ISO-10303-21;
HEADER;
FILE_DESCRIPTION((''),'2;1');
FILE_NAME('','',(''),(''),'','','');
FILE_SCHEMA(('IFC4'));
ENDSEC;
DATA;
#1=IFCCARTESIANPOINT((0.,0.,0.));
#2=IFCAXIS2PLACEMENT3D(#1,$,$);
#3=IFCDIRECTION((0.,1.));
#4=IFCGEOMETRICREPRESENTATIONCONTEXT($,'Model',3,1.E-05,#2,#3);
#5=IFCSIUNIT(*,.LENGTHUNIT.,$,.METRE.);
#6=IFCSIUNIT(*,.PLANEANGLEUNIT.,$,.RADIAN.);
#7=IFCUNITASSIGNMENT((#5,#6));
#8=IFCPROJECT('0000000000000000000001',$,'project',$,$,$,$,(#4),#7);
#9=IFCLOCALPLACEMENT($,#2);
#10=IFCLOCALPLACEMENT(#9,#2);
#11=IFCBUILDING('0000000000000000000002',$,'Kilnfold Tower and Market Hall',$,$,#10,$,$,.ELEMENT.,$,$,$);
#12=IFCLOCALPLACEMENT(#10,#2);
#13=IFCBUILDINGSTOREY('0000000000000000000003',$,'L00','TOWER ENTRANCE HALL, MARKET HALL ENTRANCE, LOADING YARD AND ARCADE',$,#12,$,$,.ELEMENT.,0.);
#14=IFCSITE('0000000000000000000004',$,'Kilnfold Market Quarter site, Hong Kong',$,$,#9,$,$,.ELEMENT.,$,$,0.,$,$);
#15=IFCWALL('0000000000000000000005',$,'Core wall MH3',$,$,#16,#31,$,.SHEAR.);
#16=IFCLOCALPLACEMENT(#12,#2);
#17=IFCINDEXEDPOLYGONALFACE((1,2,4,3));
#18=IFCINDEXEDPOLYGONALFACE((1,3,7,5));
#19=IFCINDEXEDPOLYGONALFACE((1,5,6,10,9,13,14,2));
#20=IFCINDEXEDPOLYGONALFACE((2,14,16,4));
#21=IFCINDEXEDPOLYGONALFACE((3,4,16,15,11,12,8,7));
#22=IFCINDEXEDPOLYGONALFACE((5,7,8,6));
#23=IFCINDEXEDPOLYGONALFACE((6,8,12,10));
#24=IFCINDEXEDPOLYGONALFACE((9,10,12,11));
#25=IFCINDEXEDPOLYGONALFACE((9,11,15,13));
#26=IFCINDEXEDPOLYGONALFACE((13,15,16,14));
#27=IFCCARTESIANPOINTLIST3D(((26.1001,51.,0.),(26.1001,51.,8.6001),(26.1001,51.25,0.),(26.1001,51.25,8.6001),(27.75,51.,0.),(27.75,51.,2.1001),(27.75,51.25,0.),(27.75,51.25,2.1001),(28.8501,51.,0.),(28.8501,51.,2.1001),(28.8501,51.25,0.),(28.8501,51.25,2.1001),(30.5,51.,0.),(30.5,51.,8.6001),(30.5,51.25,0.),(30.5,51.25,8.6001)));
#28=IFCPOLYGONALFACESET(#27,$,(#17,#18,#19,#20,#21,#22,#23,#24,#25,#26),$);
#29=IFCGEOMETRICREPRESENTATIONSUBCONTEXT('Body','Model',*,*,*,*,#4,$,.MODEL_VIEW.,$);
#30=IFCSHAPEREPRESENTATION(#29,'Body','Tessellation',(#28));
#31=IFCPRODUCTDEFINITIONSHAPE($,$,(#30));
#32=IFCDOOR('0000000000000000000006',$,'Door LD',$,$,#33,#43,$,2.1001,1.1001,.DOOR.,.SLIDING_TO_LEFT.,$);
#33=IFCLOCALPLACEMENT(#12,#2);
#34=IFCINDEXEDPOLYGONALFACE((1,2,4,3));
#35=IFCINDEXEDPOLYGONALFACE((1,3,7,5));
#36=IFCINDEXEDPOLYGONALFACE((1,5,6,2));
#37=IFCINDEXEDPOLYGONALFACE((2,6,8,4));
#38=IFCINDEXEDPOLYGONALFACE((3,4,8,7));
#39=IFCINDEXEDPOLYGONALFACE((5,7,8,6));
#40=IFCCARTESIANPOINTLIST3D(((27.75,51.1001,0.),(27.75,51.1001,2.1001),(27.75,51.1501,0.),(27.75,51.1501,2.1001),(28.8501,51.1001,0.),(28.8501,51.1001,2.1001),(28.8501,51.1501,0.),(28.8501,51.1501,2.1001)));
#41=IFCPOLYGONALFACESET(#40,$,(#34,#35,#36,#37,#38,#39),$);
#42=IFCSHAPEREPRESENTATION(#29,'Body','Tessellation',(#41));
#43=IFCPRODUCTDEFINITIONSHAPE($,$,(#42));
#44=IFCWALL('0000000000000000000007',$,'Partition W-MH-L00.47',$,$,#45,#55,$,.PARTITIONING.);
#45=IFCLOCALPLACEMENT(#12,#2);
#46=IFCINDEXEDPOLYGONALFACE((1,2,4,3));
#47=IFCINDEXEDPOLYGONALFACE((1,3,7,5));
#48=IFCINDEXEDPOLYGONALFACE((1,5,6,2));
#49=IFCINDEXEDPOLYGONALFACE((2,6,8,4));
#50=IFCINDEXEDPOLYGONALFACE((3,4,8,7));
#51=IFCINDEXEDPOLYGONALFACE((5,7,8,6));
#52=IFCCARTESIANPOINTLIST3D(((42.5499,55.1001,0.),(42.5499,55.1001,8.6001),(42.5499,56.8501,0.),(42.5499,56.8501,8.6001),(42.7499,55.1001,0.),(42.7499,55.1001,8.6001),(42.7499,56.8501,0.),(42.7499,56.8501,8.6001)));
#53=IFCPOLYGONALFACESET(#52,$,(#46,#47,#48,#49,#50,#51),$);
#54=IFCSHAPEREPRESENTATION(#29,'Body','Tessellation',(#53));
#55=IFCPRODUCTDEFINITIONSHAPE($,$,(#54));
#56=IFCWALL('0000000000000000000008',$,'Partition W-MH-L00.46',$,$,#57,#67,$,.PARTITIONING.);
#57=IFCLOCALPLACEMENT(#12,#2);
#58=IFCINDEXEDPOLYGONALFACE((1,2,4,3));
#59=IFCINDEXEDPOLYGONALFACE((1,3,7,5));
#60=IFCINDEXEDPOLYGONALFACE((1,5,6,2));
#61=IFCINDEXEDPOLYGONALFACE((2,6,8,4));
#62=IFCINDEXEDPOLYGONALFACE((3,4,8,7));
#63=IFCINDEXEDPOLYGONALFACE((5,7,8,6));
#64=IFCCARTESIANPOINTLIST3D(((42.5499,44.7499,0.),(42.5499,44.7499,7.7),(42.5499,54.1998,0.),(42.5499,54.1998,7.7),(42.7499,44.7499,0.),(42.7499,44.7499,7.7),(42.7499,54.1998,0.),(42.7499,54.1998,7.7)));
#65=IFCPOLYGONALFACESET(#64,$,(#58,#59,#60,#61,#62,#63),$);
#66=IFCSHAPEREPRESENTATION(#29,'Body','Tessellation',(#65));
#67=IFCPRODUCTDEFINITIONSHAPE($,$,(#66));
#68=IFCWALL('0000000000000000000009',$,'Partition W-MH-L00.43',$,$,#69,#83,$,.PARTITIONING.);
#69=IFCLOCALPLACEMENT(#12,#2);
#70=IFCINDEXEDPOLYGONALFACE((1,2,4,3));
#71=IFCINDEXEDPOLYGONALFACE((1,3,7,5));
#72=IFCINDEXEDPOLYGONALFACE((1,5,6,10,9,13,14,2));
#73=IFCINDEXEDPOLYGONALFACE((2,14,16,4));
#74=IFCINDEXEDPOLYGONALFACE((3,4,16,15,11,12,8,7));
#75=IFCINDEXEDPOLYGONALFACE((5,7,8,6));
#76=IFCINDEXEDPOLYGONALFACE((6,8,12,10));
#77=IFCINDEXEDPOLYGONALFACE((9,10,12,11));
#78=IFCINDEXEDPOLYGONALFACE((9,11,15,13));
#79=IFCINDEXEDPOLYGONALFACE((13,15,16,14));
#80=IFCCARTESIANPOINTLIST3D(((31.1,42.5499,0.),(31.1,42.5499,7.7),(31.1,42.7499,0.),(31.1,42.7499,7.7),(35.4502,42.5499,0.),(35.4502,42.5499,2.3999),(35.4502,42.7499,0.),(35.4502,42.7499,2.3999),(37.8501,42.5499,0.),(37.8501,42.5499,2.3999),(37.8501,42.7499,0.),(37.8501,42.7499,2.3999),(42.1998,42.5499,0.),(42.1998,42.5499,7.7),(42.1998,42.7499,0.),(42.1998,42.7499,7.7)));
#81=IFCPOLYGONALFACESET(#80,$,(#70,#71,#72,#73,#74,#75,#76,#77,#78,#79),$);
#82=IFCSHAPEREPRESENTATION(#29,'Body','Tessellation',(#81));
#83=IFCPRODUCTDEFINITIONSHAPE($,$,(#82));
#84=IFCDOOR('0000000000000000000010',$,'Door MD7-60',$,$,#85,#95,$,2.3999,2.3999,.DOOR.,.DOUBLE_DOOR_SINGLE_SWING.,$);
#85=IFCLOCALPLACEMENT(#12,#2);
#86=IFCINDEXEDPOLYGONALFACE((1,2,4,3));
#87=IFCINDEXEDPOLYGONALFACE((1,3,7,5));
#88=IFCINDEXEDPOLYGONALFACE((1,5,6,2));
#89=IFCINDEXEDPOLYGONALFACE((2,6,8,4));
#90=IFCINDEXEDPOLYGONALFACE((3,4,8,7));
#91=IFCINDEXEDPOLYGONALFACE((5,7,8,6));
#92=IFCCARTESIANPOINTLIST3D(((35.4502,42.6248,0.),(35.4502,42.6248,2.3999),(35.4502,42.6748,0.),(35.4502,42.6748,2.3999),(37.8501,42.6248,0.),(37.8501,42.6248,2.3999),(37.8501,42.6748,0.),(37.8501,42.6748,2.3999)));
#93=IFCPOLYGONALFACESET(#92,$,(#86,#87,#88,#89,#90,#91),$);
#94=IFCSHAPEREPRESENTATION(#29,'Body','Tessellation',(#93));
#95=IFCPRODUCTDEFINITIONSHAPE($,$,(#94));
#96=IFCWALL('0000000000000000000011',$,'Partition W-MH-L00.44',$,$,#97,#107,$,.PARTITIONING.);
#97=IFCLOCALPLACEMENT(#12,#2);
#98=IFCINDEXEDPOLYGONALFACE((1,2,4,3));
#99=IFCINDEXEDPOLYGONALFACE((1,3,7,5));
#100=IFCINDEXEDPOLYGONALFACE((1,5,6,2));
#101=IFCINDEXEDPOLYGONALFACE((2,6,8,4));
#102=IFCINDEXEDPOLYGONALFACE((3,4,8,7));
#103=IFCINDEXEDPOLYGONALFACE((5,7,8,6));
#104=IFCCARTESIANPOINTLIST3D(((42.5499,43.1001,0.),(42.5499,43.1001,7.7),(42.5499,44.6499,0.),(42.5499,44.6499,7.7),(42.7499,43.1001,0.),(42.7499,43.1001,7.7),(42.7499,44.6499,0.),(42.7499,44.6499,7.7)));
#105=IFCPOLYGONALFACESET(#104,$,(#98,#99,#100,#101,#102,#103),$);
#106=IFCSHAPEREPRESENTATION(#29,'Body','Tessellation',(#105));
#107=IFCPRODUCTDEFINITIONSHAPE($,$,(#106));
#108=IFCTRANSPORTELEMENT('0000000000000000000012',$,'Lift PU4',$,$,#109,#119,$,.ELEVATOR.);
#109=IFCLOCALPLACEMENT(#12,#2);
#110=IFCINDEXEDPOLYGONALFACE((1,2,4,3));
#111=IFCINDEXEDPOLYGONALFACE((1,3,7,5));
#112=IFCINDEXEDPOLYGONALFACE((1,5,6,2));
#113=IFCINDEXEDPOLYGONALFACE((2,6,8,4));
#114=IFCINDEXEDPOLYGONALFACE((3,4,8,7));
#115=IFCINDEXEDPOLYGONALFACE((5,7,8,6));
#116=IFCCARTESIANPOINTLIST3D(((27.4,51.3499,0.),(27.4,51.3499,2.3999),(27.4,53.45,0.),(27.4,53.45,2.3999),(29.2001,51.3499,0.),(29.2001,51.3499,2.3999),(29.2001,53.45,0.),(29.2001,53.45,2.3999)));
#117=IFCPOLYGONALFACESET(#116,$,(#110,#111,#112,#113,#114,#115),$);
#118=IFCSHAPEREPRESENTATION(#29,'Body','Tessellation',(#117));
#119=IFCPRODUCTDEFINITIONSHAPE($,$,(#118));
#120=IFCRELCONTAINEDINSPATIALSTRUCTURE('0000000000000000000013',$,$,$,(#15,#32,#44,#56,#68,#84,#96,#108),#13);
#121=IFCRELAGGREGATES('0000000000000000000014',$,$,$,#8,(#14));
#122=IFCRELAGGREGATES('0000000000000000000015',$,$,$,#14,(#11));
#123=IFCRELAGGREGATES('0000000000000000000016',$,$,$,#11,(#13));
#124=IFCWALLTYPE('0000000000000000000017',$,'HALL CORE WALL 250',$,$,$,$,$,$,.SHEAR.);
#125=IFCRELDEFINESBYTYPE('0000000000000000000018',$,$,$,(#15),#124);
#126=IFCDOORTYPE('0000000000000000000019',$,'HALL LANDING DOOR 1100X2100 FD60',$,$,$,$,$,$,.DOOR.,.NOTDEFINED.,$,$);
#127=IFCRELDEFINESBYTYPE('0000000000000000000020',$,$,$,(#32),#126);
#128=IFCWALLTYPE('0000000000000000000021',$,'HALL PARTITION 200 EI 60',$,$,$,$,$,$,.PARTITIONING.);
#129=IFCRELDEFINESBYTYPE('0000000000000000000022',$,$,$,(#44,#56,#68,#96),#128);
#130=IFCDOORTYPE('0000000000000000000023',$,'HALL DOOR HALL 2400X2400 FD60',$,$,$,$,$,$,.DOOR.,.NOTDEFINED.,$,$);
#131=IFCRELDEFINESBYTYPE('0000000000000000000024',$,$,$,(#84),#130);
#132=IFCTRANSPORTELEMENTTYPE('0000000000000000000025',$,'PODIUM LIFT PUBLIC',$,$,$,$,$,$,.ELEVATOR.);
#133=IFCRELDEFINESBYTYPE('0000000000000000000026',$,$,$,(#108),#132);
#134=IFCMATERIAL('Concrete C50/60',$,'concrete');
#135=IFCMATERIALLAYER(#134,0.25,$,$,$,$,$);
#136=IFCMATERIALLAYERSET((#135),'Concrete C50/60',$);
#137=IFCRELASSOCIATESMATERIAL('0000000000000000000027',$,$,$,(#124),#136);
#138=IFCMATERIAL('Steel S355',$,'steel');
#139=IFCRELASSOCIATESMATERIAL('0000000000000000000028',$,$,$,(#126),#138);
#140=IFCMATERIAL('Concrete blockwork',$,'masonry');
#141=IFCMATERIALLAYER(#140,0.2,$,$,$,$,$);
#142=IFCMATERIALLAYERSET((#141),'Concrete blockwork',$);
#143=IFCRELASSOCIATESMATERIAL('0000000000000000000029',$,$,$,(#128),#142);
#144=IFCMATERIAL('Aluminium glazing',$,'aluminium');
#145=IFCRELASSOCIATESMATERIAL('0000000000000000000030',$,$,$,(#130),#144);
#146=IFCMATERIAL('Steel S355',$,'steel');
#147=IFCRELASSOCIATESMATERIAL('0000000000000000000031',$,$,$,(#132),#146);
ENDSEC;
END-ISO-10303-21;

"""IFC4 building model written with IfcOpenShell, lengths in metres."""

from ifc_helpers import new_model, si_unit, direction, frame, frame_2d, origin, origin_2d, place, context, subcontext, project, spatial, rectangle, extrude, source, transform, mapped, material, layer, layer_set, type_object, element, fill, save


model = new_model("IFC4")

# Units and contexts
model_context = context("Model", 3, precision=1e-05, world=origin(), true_north=direction((0.0, 1.0)))
body_context = subcontext(model_context, "Body", "Model", "MODEL_VIEW")
ifc_project = project(units=[si_unit("LENGTHUNIT", "METRE"), si_unit("PLANEANGLEUNIT", "RADIAN")], contexts=[model_context])

# Site, building, storey
site_placement = place(None, origin())
site = spatial("IfcSite", under=ifc_project, at=site_placement, Name="Kilnfold Market Quarter site, Hong Kong", CompositionType="ELEMENT", RefElevation=0.0)
building_placement = place(site_placement, origin())
building = spatial("IfcBuilding", under=site, at=building_placement, Name="Kilnfold Tower and Market Hall", CompositionType="ELEMENT")
storey_placement = place(building_placement, origin())
storey = spatial("IfcBuildingStorey", under=building, at=storey_placement, Name="L00", Description="TOWER ENTRANCE HALL, MARKET HALL ENTRANCE, LOADING YARD AND ARCADE", CompositionType="ELEMENT", Elevation=0.0)

# Shared definitions
ifc_material_1 = material(Name="Concrete C50/60", Category="concrete")
ifc_layer_1 = layer(ifc_material_1, 0.25)
ifc_layer_set_1 = layer_set([ifc_layer_1], Name="Concrete C50/60")
wall_type_1 = type_object("IfcWallType", Name="HALL CORE WALL 250", PredefinedType="SHEAR", material=ifc_layer_set_1)

# Wall, opening, door
shared_shape_1 = source(origin(), body_context, "Body", "SweptSolid", [
    extrude(rectangle(XDim=4.3999, YDim=0.25, at=frame_2d((2.2, 0.0))), origin(), (0.0, 0.0, 1.0), 8.6001),
])
wall_1_placement = place(storey_placement, frame((30.5, 51.125, 0.0), z_axis=(0.0, 0.0, 1.0), x_axis=(-1.0, 0.0, 0.0)))
wall_1 = element("IfcWall", 1, at=wall_1_placement, inside=storey, type_object=wall_type_1, Name="Core wall MH3", PredefinedType="SHEAR", context=body_context, shape_type="MappedRepresentation", body=[
    mapped(shared_shape_1, transform((0.0, 0.0, 0.0))),
])
opening_1_placement = place(wall_1_placement, frame((1.6499, 0.0, 0.0)))
opening_1 = element("IfcOpeningElement", 2, at=opening_1_placement, cuts=wall_1, PredefinedType="OPENING", context=body_context, shape_type="SweptSolid", body=[
    extrude(rectangle(XDim=1.1001, YDim=2.1001, at=frame_2d((0.55, 1.05))), frame((0.0, 0.135, 0.0), z_axis=(0.0, -1.0, 0.0), x_axis=(1.0, 0.0, 0.0)), (0.0, 0.0, 1.0), 0.27),
])
ifc_material_2 = material(Name="Steel S355", Category="steel")
door_type_1 = type_object("IfcDoorType", Name="HALL LANDING DOOR 1100X2100 FD60", OperationType="NOTDEFINED", PredefinedType="DOOR", material=ifc_material_2)
door_1_placement = place(opening_1_placement, origin())
door_1 = element("IfcDoor", 3, at=door_1_placement, inside=storey, type_object=door_type_1, Name="Door LD", OperationType="SLIDING_TO_LEFT", OverallHeight=2.1001, OverallWidth=1.1001, PredefinedType="DOOR", context=body_context, shape_type="SweptSolid", body=[
    extrude(rectangle(XDim=1.1001, YDim=2.1001, at=frame_2d((0.55, 1.05))), frame((0.0, 0.0249, 0.0), z_axis=(0.0, -1.0, 0.0), x_axis=(1.0, 0.0, 0.0)), (0.0, 0.0, 1.0), 0.05),
])
fill(opening_1, door_1)

# Walls
ifc_material_3 = material(Name="Concrete blockwork", Category="masonry")
ifc_layer_2 = layer(ifc_material_3, 0.2)
ifc_layer_set_2 = layer_set([ifc_layer_2], Name="Concrete blockwork")
wall_type_2 = type_object("IfcWallType", Name="HALL PARTITION 200 EI 60", PredefinedType="PARTITIONING", material=ifc_layer_set_2)
shared_shape_2 = source(origin(), body_context, "Body", "SweptSolid", [
    extrude(rectangle(XDim=1.75, YDim=0.2, at=frame_2d((0.875, 0.0))), origin(), (0.0, 0.0, 1.0), 8.6001),
])
wall_2_placement = place(storey_placement, frame((42.6499, 56.8501, 0.0), z_axis=(0.0, 0.0, 1.0), x_axis=(0.0, -1.0, 0.0)))
element("IfcWall", 4, at=wall_2_placement, inside=storey, type_object=wall_type_2, Name="Partition W-MH-L00.47", PredefinedType="PARTITIONING", context=body_context, shape_type="MappedRepresentation", body=[
    mapped(shared_shape_2, transform((0.0, 0.0, 0.0))),
])
shared_shape_3 = source(origin(), body_context, "Body", "SweptSolid", [
    extrude(rectangle(XDim=9.45, YDim=0.2, at=frame_2d((4.7251, 0.0))), origin(), (0.0, 0.0, 1.0), 7.7),
])
wall_3_placement = place(storey_placement, frame((42.6499, 54.2, 0.0), z_axis=(0.0, 0.0, 1.0), x_axis=(0.0, -1.0, 0.0)))
element("IfcWall", 5, at=wall_3_placement, inside=storey, type_object=wall_type_2, Name="Partition W-MH-L00.46", PredefinedType="PARTITIONING", context=body_context, shape_type="MappedRepresentation", body=[
    mapped(shared_shape_3, transform((0.0, 0.0, 0.0))),
])

# Wall, opening, door
shared_shape_4 = source(origin(), body_context, "Body", "SweptSolid", [
    extrude(rectangle(XDim=11.0999, YDim=0.2, at=frame_2d((5.5498, 0.0))), origin(), (0.0, 0.0, 1.0), 7.7),
])
wall_4_placement = place(storey_placement, frame((31.1001, 42.6499, 0.0), z_axis=(0.0, 0.0, 1.0), x_axis=(1.0, 0.0, 0.0)))
wall_4 = element("IfcWall", 6, at=wall_4_placement, inside=storey, type_object=wall_type_2, Name="Partition W-MH-L00.43", PredefinedType="PARTITIONING", context=body_context, shape_type="MappedRepresentation", body=[
    mapped(shared_shape_4, transform((0.0, 0.0, 0.0))),
])
opening_2_placement = place(wall_4_placement, frame((4.3501, 0.0, 0.0)))
opening_2 = element("IfcOpeningElement", 7, at=opening_2_placement, cuts=wall_4, PredefinedType="OPENING", context=body_context, shape_type="SweptSolid", body=[
    extrude(rectangle(XDim=2.3999, YDim=2.3999, at=frame_2d((1.2, 1.2))), frame((0.0, 0.1099, 0.0), z_axis=(0.0, -1.0, 0.0), x_axis=(1.0, 0.0, 0.0)), (0.0, 0.0, 1.0), 0.22),
])
ifc_material_4 = material(Name="Aluminium glazing", Category="aluminium")
door_type_2 = type_object("IfcDoorType", Name="HALL DOOR HALL 2400X2400 FD60", OperationType="NOTDEFINED", PredefinedType="DOOR", material=ifc_material_4)
door_2_placement = place(opening_2_placement, origin())
door_2 = element("IfcDoor", 8, at=door_2_placement, inside=storey, type_object=door_type_2, Name="Door MD7-60", OperationType="DOUBLE_DOOR_SINGLE_SWING", OverallHeight=2.3999, OverallWidth=2.3999, PredefinedType="DOOR", context=body_context, shape_type="SweptSolid", body=[
    extrude(rectangle(XDim=2.3999, YDim=2.3999, at=frame_2d((1.2, 1.2))), frame((0.0, 0.0249, 0.0), z_axis=(0.0, -1.0, 0.0), x_axis=(1.0, 0.0, 0.0)), (0.0, 0.0, 1.0), 0.05),
])
fill(opening_2, door_2)

# Wall
shared_shape_5 = source(origin(), body_context, "Body", "SweptSolid", [
    extrude(rectangle(XDim=1.5498, YDim=0.2, at=frame_2d((0.7749, 0.0))), origin(), (0.0, 0.0, 1.0), 7.7),
])
wall_5_placement = place(storey_placement, frame((42.6499, 43.1001, 0.0), z_axis=(0.0, 0.0, 1.0), x_axis=(0.0, 1.0, 0.0)))
element("IfcWall", 9, at=wall_5_placement, inside=storey, type_object=wall_type_2, Name="Partition W-MH-L00.44", PredefinedType="PARTITIONING", context=body_context, shape_type="MappedRepresentation", body=[
    mapped(shared_shape_5, transform((0.0, 0.0, 0.0))),
])

# Transport element
ifc_material_5 = material(Name="Steel S355", Category="steel")
transport_element_type = type_object("IfcTransportElementType", Name="PODIUM LIFT PUBLIC", PredefinedType="ELEVATOR", material=ifc_material_5)
shared_shape_6 = source(origin(), body_context, "Body", "SweptSolid", [
    extrude(rectangle(XDim=1.8, YDim=2.1001, at=origin_2d()), origin(), (0.0, 0.0, 1.0), 2.3999),
])
transport_element_placement = place(storey_placement, frame((28.3, 52.3999, 0.0), z_axis=(0.0, 0.0, 1.0), x_axis=(1.0, 0.0, 0.0)))
element("IfcTransportElement", 10, at=transport_element_placement, inside=storey, type_object=transport_element_type, Name="Lift PU4", PredefinedType="ELEVATOR", context=body_context, shape_type="MappedRepresentation", body=[
    mapped(shared_shape_6, transform((0.0, 0.0, 0.0))),
])

save(model, "model.ifc")
